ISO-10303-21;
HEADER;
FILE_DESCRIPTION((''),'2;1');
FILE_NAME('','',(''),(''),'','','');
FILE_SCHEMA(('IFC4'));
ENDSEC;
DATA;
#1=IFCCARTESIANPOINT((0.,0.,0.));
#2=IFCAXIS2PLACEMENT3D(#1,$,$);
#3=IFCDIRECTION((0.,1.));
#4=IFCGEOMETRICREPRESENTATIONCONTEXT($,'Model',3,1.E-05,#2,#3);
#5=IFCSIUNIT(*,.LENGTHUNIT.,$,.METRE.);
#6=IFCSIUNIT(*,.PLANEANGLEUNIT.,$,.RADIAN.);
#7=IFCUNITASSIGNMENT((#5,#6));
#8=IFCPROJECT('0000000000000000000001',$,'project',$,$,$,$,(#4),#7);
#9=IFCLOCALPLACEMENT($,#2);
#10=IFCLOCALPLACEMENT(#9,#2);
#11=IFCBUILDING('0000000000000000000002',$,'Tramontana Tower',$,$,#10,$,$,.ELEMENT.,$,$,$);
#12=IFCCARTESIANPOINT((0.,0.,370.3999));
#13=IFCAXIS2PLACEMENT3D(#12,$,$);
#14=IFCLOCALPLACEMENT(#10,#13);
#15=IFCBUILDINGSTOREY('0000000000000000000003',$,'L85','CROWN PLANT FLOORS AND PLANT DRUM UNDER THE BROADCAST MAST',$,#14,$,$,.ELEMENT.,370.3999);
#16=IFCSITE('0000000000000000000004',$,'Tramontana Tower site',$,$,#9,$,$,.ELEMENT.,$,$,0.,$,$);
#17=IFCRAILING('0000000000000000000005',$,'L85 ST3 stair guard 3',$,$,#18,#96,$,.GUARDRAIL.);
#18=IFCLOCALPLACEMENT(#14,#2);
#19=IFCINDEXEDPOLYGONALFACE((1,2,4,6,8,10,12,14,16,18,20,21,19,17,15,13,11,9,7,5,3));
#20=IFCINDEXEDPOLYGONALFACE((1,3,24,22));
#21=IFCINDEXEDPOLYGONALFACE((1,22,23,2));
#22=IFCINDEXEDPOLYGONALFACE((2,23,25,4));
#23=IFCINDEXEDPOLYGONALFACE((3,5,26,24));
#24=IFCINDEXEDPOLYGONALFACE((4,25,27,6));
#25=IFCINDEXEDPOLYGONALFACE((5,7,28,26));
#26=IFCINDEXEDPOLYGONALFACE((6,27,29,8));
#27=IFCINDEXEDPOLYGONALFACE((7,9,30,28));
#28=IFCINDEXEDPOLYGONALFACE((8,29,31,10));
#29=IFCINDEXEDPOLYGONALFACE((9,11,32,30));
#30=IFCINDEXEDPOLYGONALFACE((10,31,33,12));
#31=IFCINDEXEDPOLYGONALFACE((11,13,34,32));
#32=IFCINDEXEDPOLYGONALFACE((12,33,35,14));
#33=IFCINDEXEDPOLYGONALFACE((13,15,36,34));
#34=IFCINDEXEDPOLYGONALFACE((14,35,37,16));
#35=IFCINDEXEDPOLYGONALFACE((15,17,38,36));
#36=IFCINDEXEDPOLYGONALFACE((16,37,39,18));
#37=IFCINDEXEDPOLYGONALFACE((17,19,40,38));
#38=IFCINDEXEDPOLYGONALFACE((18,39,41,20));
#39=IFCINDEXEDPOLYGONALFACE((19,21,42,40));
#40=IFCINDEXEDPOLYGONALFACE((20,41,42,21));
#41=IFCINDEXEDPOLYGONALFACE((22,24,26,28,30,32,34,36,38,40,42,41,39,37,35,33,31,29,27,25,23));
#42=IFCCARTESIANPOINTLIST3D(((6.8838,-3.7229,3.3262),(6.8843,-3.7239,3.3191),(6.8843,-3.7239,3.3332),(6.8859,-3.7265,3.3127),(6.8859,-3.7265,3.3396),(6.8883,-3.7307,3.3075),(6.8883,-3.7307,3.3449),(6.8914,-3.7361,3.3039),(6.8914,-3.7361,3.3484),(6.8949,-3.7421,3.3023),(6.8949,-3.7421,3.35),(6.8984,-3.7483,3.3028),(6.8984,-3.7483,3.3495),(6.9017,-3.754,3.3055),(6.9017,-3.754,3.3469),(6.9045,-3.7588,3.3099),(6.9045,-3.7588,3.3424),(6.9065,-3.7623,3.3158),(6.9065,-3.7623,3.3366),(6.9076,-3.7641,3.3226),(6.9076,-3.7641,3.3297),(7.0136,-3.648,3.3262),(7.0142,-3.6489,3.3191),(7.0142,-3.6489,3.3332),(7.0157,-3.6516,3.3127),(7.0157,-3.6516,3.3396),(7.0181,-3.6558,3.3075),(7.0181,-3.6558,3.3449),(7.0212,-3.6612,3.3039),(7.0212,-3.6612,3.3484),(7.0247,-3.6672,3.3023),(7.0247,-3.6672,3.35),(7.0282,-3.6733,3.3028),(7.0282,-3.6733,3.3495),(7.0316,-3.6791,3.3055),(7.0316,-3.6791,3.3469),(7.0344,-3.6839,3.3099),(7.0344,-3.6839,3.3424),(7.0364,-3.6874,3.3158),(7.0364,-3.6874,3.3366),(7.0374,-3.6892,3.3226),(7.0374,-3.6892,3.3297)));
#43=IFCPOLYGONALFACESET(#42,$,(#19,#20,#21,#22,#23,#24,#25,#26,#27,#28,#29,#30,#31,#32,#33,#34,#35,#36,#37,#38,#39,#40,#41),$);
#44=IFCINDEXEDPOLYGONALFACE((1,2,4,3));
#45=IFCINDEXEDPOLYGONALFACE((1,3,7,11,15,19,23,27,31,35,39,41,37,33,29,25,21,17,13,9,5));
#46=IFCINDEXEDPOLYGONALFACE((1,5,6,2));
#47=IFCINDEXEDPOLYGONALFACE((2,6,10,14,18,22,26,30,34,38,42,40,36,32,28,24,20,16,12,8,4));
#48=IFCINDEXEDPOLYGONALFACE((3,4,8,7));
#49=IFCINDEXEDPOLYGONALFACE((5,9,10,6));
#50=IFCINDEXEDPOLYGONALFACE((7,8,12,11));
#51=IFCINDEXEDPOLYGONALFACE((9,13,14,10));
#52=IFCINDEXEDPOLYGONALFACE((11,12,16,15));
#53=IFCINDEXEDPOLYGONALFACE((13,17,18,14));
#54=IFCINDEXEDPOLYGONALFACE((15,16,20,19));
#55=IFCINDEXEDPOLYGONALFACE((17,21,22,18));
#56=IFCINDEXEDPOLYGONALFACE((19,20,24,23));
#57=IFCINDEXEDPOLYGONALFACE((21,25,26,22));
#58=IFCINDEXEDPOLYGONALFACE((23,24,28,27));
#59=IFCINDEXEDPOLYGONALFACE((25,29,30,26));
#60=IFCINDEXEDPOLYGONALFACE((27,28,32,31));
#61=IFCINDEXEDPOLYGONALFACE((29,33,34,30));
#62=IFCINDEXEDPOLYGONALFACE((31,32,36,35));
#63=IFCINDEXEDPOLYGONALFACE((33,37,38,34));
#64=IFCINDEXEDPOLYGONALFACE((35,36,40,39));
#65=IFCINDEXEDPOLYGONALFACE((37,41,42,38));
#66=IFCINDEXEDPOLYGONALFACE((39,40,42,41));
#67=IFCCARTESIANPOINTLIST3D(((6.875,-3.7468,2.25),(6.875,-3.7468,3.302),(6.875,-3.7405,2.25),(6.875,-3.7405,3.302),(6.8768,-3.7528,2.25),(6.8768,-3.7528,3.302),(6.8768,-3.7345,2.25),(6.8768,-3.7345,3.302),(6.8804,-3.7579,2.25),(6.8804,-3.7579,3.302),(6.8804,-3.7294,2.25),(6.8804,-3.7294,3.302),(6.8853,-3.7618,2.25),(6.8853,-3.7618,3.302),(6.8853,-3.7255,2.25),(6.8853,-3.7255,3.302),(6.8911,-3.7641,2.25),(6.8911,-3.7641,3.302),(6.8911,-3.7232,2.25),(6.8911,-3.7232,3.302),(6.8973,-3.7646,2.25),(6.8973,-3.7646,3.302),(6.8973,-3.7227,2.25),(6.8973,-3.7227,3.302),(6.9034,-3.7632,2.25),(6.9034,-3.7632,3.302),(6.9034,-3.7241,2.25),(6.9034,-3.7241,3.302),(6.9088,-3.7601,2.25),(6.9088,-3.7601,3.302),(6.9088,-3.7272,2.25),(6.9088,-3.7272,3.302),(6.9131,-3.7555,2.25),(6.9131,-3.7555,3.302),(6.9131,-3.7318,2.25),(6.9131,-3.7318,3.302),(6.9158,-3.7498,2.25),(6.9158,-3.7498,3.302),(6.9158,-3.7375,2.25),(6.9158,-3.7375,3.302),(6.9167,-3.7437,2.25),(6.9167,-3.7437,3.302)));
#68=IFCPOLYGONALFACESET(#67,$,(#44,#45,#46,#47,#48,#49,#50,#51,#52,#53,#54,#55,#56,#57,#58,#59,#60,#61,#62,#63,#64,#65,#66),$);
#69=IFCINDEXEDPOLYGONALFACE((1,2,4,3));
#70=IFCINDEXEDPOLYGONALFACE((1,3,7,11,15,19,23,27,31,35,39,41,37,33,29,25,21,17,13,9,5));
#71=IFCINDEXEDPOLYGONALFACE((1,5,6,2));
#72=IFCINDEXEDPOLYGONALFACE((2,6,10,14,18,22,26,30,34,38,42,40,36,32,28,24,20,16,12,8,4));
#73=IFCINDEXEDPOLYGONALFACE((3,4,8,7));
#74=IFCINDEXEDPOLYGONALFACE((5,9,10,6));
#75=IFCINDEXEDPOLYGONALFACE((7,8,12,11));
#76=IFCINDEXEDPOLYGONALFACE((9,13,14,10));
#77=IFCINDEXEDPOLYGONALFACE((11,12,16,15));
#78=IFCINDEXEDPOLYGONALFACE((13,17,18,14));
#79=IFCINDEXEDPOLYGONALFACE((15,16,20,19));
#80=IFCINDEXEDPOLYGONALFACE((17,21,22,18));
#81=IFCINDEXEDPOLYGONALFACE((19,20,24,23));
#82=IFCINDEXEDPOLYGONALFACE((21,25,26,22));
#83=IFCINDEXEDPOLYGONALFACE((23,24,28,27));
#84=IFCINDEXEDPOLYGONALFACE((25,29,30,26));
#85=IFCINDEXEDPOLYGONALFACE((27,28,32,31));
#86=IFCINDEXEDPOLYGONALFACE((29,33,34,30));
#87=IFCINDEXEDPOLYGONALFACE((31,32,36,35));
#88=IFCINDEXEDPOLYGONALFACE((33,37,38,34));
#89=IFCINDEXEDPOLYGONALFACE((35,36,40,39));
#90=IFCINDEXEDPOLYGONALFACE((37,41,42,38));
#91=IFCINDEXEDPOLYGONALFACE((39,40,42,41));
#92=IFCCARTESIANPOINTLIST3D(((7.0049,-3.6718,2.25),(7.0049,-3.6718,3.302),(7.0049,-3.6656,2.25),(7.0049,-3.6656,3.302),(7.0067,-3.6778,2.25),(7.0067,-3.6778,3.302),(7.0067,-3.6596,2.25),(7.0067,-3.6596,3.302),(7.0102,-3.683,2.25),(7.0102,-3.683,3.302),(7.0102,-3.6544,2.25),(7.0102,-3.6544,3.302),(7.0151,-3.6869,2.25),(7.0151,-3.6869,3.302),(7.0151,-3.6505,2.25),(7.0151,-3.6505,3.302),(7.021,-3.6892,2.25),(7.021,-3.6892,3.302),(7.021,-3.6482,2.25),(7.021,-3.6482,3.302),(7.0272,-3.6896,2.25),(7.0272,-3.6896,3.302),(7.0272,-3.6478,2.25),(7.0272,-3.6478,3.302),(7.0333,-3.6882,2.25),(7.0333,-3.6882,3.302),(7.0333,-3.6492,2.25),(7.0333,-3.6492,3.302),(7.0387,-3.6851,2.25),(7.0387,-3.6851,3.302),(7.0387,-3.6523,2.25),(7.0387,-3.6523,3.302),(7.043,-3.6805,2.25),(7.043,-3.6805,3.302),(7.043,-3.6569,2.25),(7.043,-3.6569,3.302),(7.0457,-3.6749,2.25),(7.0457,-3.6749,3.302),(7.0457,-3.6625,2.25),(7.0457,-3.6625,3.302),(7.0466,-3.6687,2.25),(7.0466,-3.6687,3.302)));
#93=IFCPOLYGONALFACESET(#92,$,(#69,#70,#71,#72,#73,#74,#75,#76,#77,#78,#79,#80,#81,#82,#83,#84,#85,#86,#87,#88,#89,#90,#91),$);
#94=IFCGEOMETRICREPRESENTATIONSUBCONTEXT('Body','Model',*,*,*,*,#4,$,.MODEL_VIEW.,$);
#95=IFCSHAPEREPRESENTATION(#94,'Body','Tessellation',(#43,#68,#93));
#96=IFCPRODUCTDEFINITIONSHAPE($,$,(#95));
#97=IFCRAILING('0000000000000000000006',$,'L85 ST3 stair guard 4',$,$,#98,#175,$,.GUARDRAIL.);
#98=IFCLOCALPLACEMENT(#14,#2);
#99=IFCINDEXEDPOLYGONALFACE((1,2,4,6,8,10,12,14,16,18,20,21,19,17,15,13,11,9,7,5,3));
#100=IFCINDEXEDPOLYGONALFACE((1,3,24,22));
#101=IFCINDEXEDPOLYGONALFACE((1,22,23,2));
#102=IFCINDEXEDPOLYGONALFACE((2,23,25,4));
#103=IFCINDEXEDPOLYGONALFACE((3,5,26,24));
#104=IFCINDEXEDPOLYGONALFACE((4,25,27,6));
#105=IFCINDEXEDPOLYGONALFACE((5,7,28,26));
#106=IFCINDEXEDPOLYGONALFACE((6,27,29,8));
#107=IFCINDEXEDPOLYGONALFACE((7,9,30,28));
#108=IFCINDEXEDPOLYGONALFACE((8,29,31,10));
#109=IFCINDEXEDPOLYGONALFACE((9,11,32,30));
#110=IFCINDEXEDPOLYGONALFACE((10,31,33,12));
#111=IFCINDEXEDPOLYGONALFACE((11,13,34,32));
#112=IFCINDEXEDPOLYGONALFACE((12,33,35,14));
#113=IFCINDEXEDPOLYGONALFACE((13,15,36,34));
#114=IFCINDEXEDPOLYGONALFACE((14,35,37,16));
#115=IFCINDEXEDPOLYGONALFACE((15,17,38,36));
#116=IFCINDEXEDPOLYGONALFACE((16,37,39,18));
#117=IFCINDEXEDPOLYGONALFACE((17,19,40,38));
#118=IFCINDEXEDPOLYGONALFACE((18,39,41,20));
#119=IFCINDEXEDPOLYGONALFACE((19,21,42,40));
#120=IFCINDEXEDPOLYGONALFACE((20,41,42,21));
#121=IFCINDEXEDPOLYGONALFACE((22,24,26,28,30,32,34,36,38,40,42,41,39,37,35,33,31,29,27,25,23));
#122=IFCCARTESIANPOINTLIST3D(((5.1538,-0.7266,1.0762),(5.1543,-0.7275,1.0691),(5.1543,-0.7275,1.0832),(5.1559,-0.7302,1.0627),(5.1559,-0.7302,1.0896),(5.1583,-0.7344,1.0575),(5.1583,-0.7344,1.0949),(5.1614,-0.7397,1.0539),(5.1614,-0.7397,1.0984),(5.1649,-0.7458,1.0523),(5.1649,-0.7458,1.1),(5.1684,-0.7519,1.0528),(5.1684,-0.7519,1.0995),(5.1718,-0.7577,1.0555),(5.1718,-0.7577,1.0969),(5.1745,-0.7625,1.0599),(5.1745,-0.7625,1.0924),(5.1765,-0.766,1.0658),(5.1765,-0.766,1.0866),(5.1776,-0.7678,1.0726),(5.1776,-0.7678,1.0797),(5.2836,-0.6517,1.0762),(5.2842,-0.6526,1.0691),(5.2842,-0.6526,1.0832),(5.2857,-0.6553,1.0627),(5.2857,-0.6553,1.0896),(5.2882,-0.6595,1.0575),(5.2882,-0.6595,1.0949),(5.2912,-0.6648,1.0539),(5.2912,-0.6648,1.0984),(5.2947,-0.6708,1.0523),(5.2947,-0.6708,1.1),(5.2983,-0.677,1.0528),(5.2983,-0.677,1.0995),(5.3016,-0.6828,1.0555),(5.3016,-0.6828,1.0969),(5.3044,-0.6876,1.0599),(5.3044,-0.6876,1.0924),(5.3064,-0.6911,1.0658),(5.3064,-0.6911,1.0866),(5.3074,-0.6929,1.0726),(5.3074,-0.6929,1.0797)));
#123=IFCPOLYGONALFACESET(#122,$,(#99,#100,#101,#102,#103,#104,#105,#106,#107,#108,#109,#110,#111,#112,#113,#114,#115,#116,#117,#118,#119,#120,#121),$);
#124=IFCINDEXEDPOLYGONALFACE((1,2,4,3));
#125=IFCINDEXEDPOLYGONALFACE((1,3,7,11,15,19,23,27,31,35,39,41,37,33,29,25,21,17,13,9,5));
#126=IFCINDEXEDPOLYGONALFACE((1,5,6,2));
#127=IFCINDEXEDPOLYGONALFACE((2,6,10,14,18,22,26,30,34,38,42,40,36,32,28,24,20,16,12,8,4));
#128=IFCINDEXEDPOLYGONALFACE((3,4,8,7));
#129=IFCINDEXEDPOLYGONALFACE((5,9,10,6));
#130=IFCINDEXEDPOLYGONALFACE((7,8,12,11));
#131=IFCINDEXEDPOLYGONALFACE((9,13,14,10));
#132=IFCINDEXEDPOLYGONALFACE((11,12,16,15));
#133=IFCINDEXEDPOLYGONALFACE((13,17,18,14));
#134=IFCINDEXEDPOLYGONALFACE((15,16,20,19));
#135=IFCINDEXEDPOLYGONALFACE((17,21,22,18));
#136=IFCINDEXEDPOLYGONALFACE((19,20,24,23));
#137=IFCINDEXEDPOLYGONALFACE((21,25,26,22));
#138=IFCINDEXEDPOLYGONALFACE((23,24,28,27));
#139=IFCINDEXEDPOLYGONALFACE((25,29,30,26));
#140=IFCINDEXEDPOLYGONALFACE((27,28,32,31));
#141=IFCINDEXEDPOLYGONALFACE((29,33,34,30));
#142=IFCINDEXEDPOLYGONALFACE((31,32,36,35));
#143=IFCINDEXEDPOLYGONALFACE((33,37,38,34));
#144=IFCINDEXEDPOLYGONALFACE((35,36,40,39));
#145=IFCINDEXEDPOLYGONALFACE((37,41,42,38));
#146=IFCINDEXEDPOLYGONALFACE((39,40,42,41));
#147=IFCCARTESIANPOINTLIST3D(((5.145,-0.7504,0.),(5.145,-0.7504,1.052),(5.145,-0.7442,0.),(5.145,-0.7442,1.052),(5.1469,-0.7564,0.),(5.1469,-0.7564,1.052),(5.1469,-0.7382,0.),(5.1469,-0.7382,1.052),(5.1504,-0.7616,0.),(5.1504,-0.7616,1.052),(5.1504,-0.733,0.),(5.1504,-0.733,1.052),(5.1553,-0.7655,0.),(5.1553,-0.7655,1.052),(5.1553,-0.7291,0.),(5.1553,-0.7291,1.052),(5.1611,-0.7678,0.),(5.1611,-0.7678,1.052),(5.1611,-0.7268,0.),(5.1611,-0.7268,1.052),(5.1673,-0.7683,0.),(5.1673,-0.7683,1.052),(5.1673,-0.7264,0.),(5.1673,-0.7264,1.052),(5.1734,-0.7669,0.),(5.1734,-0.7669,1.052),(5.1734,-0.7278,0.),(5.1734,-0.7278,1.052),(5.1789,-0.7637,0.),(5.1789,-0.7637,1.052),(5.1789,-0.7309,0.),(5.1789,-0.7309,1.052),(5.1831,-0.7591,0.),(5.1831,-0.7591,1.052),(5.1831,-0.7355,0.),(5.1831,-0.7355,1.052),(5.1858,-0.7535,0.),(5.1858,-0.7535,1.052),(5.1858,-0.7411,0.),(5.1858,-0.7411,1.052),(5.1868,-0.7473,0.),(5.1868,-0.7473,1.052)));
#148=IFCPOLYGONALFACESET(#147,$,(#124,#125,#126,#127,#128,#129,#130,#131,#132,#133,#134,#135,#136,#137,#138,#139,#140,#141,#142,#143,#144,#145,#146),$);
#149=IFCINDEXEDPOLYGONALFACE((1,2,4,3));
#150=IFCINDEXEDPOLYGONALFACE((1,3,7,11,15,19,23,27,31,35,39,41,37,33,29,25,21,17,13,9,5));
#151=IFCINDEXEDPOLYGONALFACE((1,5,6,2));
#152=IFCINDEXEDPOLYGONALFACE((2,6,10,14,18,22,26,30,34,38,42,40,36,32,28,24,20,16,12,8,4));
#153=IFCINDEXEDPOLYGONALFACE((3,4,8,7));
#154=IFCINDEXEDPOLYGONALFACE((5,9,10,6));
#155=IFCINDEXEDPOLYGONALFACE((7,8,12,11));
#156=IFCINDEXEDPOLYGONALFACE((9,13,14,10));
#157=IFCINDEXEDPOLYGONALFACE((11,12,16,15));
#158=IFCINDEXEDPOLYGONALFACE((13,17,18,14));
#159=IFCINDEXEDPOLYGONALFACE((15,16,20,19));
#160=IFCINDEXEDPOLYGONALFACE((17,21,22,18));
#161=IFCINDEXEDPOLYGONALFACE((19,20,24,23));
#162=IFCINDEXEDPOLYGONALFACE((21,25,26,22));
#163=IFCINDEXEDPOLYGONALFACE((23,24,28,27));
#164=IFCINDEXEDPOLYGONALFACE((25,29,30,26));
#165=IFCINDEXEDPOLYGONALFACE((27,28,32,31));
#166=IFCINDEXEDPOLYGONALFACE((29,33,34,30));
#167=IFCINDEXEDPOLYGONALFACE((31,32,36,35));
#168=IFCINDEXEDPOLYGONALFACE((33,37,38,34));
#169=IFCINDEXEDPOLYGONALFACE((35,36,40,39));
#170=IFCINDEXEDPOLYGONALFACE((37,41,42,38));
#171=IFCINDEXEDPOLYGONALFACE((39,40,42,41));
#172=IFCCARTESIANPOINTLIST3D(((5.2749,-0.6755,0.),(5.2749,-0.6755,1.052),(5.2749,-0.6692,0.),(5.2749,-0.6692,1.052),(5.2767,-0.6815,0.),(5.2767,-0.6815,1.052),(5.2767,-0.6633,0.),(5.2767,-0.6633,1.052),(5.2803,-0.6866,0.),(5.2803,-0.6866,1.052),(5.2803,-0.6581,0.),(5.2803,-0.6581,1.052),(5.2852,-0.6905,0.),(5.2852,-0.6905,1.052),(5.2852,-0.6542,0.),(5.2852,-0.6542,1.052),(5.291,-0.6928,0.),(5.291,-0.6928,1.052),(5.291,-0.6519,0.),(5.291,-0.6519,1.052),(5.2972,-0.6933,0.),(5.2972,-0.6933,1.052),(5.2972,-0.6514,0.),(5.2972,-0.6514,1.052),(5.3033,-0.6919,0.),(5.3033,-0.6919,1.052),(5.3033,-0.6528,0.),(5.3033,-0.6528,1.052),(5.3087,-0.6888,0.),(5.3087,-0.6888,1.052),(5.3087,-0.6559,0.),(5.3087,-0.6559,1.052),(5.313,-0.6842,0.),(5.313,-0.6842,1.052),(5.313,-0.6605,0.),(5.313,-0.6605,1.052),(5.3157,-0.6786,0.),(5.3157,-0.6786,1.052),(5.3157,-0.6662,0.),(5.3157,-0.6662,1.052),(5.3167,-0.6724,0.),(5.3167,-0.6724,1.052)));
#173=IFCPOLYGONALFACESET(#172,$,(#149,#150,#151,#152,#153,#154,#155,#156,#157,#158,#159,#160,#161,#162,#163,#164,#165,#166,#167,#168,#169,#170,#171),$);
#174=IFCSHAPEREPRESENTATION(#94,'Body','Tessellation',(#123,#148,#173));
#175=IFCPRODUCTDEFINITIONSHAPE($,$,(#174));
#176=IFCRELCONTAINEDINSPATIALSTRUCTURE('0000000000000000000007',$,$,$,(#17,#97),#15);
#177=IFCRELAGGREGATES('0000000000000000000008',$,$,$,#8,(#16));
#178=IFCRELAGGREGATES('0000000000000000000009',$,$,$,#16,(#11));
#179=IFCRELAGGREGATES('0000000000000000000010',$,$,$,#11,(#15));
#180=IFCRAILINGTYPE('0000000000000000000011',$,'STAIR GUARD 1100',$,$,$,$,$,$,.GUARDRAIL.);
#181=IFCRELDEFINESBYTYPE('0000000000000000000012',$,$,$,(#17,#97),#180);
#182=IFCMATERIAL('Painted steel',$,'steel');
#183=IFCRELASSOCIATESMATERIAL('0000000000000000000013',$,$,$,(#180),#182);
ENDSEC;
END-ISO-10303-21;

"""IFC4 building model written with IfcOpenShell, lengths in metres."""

from ifc_helpers import new_model, si_unit, direction, frame, origin, origin_2d, place, context, subcontext, project, spatial, circle, extrude, material, type_object, element, save


model = new_model("IFC4")

# Units and contexts
model_context = context("Model", 3, precision=1e-05, world=origin(), true_north=direction((0.0, 1.0)))
body_context = subcontext(model_context, "Body", "Model", "MODEL_VIEW")
ifc_project = project(units=[si_unit("LENGTHUNIT", "METRE"), si_unit("PLANEANGLEUNIT", "RADIAN")], contexts=[model_context])

# Site, building, storey
site_placement = place(None, origin())
site = spatial("IfcSite", under=ifc_project, at=site_placement, Name="Tramontana Tower site", CompositionType="ELEMENT", RefElevation=0.0)
building_placement = place(site_placement, origin())
building = spatial("IfcBuilding", under=site, at=building_placement, Name="Tramontana Tower", CompositionType="ELEMENT")
storey_placement = place(building_placement, frame((0.0, 0.0, 370.3999)))
storey = spatial("IfcBuildingStorey", under=building, at=storey_placement, Name="L85", Description="CROWN PLANT FLOORS AND PLANT DRUM UNDER THE BROADCAST MAST", CompositionType="ELEMENT", Elevation=370.3999)

# Railings
ifc_material_1 = material(Name="Painted steel", Category="steel")
railing_type_1 = type_object("IfcRailingType", Name="STAIR GUARD 1100", PredefinedType="GUARDRAIL", material=ifc_material_1)
for number, where, name in (
    (1, (6.8958, -3.7437, 2.25), "L85 ST3 stair guard 3"),
    (2, (5.1658, -0.7473, 0.0), "L85 ST3 stair guard 4"),
):
    element("IfcRailing", number, at=place(storey_placement, frame(where)), inside=storey, type_object=railing_type_1, Name=name, PredefinedType="GUARDRAIL", context=body_context, shape_type="SweptSolid", body=[
        extrude(circle(Radius=0.0239, at=origin_2d()), frame((0.0, 0.0, 1.0762), z_axis=(0.866131, 0.499816, 0.0), x_axis=(-0.499816, 0.866131, 0.0)), (0.0, 0.0, 1.0), 0.1499),
        extrude(circle(Radius=0.021, at=origin_2d()), origin(), (0.0, 0.0, 1.0), 1.052),
        extrude(circle(Radius=0.021, at=origin_2d()), frame((0.1299, 0.075, 0.0)), (0.0, 0.0, 1.0), 1.052),
    ])

save(model, "model.ifc")
